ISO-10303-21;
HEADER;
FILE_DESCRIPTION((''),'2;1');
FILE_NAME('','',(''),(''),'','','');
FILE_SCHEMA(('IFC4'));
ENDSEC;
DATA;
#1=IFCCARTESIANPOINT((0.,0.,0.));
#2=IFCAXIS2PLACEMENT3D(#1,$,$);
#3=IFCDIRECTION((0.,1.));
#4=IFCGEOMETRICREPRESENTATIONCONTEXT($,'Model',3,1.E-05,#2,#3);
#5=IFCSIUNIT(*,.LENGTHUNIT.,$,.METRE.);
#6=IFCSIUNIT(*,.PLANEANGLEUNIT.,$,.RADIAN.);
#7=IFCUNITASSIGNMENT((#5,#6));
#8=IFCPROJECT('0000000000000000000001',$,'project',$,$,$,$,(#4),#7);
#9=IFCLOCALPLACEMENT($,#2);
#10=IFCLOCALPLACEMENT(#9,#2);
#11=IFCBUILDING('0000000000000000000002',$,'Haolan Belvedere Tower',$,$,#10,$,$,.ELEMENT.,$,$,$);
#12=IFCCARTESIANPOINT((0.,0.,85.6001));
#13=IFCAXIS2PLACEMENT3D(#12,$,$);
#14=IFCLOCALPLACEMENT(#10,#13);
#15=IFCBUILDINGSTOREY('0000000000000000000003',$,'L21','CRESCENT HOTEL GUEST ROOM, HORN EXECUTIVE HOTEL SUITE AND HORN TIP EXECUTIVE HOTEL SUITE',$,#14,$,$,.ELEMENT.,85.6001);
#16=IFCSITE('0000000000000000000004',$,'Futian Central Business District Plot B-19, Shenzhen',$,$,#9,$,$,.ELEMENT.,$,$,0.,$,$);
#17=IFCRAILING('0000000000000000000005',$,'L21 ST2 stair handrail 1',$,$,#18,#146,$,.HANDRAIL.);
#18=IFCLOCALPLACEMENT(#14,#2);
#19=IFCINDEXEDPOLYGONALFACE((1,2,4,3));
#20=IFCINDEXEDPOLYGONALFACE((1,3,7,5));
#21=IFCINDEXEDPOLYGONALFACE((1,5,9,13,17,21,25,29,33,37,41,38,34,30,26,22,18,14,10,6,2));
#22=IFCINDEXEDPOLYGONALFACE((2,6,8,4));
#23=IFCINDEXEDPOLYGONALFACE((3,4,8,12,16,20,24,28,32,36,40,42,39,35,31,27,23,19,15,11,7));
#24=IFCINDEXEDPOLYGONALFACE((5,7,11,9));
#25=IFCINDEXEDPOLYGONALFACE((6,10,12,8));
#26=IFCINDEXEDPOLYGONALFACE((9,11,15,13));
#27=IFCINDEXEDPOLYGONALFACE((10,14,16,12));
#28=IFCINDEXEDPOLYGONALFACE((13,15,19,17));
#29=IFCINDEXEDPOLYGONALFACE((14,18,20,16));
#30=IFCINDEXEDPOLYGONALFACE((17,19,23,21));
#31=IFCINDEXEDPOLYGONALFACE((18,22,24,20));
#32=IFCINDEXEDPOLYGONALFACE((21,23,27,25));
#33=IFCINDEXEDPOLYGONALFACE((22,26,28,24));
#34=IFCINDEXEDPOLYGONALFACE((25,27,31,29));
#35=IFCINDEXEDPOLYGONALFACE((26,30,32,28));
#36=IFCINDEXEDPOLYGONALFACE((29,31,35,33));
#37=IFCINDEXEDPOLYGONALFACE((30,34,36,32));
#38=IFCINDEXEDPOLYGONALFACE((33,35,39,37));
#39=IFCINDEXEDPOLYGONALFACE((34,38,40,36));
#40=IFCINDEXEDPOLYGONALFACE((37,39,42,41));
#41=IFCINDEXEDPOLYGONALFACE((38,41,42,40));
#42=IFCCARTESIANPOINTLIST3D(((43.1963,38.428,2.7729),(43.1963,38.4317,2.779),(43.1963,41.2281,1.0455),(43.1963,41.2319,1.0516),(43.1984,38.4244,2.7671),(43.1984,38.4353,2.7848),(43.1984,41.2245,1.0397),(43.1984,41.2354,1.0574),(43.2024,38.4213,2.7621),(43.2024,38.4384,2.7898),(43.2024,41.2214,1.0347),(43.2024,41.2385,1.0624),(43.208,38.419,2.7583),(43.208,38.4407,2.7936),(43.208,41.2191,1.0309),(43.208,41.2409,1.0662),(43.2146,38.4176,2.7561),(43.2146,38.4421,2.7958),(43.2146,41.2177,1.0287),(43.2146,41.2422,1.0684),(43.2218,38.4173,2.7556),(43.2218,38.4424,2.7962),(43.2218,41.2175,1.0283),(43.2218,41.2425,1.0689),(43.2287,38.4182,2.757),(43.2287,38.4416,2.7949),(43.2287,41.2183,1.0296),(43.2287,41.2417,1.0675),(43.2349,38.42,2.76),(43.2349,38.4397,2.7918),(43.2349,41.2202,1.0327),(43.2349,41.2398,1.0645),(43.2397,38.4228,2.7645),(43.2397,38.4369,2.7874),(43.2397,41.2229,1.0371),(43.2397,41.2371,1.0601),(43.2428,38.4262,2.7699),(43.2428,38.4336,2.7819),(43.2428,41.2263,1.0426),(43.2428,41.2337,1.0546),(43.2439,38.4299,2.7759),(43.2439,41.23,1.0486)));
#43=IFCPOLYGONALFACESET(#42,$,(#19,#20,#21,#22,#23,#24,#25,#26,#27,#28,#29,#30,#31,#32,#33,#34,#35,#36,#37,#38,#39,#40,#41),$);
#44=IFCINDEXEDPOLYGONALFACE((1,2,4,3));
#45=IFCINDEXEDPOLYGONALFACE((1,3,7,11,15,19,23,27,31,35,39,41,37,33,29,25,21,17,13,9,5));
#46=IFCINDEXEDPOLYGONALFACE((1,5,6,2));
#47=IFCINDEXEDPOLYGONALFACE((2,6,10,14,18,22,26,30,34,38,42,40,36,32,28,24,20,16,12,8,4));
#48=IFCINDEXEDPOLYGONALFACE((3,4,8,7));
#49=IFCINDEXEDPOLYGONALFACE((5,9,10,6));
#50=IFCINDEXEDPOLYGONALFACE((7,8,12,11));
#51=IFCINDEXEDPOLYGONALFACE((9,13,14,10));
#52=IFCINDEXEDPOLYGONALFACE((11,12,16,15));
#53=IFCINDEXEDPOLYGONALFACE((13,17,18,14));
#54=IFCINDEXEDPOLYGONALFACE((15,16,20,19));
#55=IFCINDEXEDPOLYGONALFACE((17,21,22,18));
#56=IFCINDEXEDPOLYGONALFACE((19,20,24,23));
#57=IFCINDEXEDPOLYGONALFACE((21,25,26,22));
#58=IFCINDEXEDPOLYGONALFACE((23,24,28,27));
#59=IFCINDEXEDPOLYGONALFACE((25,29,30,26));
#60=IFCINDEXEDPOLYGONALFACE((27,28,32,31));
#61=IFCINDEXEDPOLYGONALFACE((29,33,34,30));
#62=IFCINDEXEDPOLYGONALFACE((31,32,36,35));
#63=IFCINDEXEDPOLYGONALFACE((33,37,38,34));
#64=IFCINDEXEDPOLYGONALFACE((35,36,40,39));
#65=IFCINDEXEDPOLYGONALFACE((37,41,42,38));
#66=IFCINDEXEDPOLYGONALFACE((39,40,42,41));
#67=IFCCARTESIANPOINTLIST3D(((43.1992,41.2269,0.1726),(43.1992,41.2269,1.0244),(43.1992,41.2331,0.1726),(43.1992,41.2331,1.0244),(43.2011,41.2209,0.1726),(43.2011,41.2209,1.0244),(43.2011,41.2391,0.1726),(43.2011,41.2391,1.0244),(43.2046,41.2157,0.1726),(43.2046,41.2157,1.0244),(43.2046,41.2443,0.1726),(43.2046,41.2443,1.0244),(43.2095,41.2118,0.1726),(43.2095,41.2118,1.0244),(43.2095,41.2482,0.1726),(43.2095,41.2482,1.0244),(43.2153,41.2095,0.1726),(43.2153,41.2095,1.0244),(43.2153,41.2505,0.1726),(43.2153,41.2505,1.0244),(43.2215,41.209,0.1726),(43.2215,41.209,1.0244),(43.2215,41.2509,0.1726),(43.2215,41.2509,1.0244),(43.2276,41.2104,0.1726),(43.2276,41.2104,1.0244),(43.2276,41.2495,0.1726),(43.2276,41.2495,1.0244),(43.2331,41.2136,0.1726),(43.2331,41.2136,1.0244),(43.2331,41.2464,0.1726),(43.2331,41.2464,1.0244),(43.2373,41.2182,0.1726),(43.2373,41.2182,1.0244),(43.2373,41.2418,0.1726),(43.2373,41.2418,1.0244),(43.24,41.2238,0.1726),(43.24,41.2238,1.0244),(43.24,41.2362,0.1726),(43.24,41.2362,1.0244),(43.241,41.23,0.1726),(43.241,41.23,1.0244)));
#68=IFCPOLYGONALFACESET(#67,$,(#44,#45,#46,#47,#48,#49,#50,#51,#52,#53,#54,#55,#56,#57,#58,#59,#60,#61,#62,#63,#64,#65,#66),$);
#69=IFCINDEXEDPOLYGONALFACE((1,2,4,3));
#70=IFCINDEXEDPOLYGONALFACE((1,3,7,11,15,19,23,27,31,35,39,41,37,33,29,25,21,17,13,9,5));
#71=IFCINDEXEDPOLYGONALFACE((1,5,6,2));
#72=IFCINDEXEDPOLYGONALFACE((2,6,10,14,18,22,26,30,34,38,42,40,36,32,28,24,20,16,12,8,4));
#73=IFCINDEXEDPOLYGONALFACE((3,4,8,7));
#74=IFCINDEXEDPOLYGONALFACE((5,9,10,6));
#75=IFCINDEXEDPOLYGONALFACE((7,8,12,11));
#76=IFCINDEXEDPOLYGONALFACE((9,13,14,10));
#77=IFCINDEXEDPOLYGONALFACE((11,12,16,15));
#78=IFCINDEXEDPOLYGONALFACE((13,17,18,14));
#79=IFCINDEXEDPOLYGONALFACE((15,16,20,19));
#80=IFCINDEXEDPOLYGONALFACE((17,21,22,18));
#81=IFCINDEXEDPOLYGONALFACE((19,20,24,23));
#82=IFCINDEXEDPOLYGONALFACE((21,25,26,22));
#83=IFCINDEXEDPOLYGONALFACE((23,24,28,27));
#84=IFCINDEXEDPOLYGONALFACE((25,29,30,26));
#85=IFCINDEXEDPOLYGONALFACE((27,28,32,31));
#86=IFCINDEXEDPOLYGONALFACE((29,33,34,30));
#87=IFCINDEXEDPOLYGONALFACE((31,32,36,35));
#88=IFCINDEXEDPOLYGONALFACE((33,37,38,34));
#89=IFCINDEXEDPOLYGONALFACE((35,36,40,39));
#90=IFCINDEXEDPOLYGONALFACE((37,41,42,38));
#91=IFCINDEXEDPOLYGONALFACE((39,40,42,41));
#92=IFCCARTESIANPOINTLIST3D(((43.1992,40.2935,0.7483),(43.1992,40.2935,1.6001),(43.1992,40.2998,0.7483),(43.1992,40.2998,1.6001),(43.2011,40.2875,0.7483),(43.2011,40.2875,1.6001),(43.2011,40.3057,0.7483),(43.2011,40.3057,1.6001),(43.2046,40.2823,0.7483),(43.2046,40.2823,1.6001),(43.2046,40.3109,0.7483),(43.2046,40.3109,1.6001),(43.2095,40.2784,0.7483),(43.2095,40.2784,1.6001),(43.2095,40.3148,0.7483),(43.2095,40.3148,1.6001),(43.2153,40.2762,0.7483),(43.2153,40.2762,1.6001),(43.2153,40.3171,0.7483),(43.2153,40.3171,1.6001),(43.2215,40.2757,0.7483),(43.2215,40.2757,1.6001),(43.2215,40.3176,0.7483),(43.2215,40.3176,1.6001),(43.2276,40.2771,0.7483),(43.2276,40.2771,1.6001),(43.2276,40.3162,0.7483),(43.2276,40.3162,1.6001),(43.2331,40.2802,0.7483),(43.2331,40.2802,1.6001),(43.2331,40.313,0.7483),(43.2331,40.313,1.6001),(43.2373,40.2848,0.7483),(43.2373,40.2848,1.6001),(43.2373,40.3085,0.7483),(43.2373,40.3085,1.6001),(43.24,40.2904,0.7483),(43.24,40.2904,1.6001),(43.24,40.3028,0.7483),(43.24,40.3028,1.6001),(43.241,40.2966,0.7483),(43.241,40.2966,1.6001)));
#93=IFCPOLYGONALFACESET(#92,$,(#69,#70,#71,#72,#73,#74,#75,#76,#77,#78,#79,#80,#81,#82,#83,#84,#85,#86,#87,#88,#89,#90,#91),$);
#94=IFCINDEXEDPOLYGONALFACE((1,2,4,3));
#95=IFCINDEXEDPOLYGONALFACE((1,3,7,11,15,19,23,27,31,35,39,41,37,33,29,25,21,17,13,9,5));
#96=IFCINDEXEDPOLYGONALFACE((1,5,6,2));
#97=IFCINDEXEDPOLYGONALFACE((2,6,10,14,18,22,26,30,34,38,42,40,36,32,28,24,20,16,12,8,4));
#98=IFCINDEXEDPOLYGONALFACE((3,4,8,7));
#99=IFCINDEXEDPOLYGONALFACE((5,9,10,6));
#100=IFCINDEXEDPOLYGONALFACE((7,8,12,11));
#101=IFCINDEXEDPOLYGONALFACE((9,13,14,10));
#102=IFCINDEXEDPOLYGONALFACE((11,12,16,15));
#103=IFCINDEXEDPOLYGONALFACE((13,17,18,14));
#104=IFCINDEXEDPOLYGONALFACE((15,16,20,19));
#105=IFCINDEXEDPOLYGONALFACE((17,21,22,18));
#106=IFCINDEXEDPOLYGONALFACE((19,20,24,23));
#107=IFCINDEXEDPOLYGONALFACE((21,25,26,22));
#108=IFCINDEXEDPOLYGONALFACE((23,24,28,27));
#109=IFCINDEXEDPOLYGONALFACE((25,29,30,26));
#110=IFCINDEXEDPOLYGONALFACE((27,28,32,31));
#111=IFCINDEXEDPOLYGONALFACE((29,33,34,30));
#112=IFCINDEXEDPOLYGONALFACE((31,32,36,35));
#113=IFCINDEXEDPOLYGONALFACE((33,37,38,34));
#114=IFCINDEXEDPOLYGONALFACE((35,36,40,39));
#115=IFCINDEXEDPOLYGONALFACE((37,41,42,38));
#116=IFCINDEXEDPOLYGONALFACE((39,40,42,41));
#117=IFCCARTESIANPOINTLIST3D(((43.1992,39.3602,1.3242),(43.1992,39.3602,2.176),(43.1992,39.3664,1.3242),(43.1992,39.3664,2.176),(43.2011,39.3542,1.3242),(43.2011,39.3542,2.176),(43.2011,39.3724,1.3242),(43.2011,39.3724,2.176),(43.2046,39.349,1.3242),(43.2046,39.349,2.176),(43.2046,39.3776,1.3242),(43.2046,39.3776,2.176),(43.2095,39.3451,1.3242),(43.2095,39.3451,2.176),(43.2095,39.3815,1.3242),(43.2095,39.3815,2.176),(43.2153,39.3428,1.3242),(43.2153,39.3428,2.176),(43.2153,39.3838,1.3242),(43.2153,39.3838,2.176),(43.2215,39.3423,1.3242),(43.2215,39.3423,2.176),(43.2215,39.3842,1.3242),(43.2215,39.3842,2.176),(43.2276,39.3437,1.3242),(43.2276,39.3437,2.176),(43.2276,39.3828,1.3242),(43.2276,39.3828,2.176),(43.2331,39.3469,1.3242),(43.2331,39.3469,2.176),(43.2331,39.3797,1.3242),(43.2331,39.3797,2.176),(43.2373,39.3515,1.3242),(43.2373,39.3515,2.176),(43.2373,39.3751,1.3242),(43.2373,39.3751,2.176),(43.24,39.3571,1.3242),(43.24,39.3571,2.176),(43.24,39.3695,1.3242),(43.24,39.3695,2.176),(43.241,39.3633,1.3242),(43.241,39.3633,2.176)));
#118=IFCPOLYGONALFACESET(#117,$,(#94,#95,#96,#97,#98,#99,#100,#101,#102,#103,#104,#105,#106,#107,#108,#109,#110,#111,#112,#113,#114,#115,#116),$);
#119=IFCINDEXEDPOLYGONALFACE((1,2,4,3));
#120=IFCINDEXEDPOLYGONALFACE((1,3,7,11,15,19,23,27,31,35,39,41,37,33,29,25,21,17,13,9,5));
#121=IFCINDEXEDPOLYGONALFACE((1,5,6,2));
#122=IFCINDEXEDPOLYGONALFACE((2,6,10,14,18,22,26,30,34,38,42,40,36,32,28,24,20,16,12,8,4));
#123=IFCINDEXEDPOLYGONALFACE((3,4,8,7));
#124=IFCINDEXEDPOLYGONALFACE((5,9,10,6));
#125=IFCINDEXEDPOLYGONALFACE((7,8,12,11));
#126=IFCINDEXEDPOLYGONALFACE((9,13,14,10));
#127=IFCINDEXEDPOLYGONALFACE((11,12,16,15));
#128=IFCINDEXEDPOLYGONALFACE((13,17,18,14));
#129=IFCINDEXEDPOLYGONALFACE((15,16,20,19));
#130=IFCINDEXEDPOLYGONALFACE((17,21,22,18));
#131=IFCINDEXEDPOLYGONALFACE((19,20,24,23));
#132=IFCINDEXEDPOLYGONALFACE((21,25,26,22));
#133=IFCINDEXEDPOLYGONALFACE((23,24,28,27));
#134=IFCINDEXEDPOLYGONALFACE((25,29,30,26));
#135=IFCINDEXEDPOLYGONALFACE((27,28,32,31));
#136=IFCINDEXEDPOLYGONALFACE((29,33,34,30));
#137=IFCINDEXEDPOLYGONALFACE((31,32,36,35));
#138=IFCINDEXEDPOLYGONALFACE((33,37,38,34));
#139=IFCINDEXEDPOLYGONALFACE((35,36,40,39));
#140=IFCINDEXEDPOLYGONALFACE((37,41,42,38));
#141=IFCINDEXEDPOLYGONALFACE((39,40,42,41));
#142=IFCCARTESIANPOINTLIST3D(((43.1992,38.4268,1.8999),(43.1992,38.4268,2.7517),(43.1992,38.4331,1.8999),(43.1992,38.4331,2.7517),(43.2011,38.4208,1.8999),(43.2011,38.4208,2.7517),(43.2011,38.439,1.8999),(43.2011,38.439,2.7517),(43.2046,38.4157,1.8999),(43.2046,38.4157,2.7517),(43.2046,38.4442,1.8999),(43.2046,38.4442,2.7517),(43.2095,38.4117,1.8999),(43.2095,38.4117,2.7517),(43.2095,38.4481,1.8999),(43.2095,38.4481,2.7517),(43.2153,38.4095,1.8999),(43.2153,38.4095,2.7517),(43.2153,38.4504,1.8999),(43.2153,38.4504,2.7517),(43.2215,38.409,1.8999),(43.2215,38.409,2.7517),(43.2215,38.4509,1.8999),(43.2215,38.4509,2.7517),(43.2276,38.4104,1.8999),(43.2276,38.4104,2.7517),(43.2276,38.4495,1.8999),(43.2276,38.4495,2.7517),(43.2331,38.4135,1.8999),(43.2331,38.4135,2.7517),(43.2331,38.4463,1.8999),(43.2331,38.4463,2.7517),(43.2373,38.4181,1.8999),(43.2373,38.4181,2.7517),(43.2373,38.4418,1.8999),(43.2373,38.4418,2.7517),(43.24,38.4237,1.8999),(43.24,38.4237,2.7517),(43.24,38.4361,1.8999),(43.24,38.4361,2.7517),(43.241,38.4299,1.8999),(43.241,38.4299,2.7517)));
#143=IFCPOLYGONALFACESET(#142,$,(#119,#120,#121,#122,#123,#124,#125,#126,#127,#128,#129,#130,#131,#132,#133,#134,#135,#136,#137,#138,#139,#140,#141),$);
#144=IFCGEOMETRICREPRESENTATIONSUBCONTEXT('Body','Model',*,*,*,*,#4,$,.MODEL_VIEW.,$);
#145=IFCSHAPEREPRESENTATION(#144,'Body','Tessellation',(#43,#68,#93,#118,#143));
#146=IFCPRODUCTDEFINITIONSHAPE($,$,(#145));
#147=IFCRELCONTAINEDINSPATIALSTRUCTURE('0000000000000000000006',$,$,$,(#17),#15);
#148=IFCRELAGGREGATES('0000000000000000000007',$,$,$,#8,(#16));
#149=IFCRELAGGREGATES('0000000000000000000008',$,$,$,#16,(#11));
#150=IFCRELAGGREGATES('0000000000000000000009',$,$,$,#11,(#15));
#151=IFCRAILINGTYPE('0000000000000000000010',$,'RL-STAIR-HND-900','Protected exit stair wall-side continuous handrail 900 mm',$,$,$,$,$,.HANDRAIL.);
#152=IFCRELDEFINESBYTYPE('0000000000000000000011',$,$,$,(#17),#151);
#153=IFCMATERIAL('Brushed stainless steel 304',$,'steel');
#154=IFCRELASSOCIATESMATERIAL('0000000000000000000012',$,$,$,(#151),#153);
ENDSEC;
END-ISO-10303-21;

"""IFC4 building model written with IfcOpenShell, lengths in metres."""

from ifc_helpers import new_model, si_unit, direction, frame, origin, origin_2d, place, context, subcontext, project, spatial, circle, extrude, material, type_object, element, save


model = new_model("IFC4")

# Units and contexts
model_context = context("Model", 3, precision=1e-05, world=origin(), true_north=direction((0.0, 1.0)))
body_context = subcontext(model_context, "Body", "Model", "MODEL_VIEW")
ifc_project = project(units=[si_unit("LENGTHUNIT", "METRE"), si_unit("PLANEANGLEUNIT", "RADIAN")], contexts=[model_context])

# Site, building, storey
site_placement = place(None, origin())
site = spatial("IfcSite", under=ifc_project, at=site_placement, Name="Futian Central Business District Plot B-19, Shenzhen", CompositionType="ELEMENT", RefElevation=0.0)
building_placement = place(site_placement, origin())
building = spatial("IfcBuilding", under=site, at=building_placement, Name="Haolan Belvedere Tower", CompositionType="ELEMENT")
storey_placement = place(building_placement, frame((0.0, 0.0, 85.6001)))
storey = spatial("IfcBuildingStorey", under=building, at=storey_placement, Name="L21", Description="CRESCENT HOTEL GUEST ROOM, HORN EXECUTIVE HOTEL SUITE AND HORN TIP EXECUTIVE HOTEL SUITE", CompositionType="ELEMENT", Elevation=85.6001)

# Railing
ifc_material_1 = material(Name="Brushed stainless steel 304", Category="steel")
railing_type_1 = type_object("IfcRailingType", Name="RL-STAIR-HND-900", Description="Protected exit stair wall-side continuous handrail 900 mm", PredefinedType="HANDRAIL", material=ifc_material_1)
railing_1_placement = place(storey_placement, frame((43.22, 41.23, 0.1726)))
element("IfcRailing", 1, at=railing_1_placement, inside=storey, type_object=railing_type_1, Name="L21 ST2 stair handrail 1", PredefinedType="HANDRAIL", context=body_context, shape_type="SweptSolid", body=[
    extrude(circle(Radius=0.0239, at=origin_2d()), frame((0.0, 0.0, 0.876), z_axis=(0.0, -0.85109, 0.52502), x_axis=(1.0, 0.0, 0.0)), (0.0, 0.0, 1.0), 3.29),
    extrude(circle(Radius=0.021, at=origin_2d()), origin(), (0.0, 0.0, 1.0), 0.8518),
    extrude(circle(Radius=0.021, at=origin_2d()), frame((0.0, -0.9333, 0.5757)), (0.0, 0.0, 1.0), 0.8518),
    extrude(circle(Radius=0.021, at=origin_2d()), frame((0.0, -1.8667, 1.1516)), (0.0, 0.0, 1.0), 0.8518),
    extrude(circle(Radius=0.021, at=origin_2d()), frame((0.0, -2.8, 1.7273)), (0.0, 0.0, 1.0), 0.8518),
])

save(model, "model.ifc")
